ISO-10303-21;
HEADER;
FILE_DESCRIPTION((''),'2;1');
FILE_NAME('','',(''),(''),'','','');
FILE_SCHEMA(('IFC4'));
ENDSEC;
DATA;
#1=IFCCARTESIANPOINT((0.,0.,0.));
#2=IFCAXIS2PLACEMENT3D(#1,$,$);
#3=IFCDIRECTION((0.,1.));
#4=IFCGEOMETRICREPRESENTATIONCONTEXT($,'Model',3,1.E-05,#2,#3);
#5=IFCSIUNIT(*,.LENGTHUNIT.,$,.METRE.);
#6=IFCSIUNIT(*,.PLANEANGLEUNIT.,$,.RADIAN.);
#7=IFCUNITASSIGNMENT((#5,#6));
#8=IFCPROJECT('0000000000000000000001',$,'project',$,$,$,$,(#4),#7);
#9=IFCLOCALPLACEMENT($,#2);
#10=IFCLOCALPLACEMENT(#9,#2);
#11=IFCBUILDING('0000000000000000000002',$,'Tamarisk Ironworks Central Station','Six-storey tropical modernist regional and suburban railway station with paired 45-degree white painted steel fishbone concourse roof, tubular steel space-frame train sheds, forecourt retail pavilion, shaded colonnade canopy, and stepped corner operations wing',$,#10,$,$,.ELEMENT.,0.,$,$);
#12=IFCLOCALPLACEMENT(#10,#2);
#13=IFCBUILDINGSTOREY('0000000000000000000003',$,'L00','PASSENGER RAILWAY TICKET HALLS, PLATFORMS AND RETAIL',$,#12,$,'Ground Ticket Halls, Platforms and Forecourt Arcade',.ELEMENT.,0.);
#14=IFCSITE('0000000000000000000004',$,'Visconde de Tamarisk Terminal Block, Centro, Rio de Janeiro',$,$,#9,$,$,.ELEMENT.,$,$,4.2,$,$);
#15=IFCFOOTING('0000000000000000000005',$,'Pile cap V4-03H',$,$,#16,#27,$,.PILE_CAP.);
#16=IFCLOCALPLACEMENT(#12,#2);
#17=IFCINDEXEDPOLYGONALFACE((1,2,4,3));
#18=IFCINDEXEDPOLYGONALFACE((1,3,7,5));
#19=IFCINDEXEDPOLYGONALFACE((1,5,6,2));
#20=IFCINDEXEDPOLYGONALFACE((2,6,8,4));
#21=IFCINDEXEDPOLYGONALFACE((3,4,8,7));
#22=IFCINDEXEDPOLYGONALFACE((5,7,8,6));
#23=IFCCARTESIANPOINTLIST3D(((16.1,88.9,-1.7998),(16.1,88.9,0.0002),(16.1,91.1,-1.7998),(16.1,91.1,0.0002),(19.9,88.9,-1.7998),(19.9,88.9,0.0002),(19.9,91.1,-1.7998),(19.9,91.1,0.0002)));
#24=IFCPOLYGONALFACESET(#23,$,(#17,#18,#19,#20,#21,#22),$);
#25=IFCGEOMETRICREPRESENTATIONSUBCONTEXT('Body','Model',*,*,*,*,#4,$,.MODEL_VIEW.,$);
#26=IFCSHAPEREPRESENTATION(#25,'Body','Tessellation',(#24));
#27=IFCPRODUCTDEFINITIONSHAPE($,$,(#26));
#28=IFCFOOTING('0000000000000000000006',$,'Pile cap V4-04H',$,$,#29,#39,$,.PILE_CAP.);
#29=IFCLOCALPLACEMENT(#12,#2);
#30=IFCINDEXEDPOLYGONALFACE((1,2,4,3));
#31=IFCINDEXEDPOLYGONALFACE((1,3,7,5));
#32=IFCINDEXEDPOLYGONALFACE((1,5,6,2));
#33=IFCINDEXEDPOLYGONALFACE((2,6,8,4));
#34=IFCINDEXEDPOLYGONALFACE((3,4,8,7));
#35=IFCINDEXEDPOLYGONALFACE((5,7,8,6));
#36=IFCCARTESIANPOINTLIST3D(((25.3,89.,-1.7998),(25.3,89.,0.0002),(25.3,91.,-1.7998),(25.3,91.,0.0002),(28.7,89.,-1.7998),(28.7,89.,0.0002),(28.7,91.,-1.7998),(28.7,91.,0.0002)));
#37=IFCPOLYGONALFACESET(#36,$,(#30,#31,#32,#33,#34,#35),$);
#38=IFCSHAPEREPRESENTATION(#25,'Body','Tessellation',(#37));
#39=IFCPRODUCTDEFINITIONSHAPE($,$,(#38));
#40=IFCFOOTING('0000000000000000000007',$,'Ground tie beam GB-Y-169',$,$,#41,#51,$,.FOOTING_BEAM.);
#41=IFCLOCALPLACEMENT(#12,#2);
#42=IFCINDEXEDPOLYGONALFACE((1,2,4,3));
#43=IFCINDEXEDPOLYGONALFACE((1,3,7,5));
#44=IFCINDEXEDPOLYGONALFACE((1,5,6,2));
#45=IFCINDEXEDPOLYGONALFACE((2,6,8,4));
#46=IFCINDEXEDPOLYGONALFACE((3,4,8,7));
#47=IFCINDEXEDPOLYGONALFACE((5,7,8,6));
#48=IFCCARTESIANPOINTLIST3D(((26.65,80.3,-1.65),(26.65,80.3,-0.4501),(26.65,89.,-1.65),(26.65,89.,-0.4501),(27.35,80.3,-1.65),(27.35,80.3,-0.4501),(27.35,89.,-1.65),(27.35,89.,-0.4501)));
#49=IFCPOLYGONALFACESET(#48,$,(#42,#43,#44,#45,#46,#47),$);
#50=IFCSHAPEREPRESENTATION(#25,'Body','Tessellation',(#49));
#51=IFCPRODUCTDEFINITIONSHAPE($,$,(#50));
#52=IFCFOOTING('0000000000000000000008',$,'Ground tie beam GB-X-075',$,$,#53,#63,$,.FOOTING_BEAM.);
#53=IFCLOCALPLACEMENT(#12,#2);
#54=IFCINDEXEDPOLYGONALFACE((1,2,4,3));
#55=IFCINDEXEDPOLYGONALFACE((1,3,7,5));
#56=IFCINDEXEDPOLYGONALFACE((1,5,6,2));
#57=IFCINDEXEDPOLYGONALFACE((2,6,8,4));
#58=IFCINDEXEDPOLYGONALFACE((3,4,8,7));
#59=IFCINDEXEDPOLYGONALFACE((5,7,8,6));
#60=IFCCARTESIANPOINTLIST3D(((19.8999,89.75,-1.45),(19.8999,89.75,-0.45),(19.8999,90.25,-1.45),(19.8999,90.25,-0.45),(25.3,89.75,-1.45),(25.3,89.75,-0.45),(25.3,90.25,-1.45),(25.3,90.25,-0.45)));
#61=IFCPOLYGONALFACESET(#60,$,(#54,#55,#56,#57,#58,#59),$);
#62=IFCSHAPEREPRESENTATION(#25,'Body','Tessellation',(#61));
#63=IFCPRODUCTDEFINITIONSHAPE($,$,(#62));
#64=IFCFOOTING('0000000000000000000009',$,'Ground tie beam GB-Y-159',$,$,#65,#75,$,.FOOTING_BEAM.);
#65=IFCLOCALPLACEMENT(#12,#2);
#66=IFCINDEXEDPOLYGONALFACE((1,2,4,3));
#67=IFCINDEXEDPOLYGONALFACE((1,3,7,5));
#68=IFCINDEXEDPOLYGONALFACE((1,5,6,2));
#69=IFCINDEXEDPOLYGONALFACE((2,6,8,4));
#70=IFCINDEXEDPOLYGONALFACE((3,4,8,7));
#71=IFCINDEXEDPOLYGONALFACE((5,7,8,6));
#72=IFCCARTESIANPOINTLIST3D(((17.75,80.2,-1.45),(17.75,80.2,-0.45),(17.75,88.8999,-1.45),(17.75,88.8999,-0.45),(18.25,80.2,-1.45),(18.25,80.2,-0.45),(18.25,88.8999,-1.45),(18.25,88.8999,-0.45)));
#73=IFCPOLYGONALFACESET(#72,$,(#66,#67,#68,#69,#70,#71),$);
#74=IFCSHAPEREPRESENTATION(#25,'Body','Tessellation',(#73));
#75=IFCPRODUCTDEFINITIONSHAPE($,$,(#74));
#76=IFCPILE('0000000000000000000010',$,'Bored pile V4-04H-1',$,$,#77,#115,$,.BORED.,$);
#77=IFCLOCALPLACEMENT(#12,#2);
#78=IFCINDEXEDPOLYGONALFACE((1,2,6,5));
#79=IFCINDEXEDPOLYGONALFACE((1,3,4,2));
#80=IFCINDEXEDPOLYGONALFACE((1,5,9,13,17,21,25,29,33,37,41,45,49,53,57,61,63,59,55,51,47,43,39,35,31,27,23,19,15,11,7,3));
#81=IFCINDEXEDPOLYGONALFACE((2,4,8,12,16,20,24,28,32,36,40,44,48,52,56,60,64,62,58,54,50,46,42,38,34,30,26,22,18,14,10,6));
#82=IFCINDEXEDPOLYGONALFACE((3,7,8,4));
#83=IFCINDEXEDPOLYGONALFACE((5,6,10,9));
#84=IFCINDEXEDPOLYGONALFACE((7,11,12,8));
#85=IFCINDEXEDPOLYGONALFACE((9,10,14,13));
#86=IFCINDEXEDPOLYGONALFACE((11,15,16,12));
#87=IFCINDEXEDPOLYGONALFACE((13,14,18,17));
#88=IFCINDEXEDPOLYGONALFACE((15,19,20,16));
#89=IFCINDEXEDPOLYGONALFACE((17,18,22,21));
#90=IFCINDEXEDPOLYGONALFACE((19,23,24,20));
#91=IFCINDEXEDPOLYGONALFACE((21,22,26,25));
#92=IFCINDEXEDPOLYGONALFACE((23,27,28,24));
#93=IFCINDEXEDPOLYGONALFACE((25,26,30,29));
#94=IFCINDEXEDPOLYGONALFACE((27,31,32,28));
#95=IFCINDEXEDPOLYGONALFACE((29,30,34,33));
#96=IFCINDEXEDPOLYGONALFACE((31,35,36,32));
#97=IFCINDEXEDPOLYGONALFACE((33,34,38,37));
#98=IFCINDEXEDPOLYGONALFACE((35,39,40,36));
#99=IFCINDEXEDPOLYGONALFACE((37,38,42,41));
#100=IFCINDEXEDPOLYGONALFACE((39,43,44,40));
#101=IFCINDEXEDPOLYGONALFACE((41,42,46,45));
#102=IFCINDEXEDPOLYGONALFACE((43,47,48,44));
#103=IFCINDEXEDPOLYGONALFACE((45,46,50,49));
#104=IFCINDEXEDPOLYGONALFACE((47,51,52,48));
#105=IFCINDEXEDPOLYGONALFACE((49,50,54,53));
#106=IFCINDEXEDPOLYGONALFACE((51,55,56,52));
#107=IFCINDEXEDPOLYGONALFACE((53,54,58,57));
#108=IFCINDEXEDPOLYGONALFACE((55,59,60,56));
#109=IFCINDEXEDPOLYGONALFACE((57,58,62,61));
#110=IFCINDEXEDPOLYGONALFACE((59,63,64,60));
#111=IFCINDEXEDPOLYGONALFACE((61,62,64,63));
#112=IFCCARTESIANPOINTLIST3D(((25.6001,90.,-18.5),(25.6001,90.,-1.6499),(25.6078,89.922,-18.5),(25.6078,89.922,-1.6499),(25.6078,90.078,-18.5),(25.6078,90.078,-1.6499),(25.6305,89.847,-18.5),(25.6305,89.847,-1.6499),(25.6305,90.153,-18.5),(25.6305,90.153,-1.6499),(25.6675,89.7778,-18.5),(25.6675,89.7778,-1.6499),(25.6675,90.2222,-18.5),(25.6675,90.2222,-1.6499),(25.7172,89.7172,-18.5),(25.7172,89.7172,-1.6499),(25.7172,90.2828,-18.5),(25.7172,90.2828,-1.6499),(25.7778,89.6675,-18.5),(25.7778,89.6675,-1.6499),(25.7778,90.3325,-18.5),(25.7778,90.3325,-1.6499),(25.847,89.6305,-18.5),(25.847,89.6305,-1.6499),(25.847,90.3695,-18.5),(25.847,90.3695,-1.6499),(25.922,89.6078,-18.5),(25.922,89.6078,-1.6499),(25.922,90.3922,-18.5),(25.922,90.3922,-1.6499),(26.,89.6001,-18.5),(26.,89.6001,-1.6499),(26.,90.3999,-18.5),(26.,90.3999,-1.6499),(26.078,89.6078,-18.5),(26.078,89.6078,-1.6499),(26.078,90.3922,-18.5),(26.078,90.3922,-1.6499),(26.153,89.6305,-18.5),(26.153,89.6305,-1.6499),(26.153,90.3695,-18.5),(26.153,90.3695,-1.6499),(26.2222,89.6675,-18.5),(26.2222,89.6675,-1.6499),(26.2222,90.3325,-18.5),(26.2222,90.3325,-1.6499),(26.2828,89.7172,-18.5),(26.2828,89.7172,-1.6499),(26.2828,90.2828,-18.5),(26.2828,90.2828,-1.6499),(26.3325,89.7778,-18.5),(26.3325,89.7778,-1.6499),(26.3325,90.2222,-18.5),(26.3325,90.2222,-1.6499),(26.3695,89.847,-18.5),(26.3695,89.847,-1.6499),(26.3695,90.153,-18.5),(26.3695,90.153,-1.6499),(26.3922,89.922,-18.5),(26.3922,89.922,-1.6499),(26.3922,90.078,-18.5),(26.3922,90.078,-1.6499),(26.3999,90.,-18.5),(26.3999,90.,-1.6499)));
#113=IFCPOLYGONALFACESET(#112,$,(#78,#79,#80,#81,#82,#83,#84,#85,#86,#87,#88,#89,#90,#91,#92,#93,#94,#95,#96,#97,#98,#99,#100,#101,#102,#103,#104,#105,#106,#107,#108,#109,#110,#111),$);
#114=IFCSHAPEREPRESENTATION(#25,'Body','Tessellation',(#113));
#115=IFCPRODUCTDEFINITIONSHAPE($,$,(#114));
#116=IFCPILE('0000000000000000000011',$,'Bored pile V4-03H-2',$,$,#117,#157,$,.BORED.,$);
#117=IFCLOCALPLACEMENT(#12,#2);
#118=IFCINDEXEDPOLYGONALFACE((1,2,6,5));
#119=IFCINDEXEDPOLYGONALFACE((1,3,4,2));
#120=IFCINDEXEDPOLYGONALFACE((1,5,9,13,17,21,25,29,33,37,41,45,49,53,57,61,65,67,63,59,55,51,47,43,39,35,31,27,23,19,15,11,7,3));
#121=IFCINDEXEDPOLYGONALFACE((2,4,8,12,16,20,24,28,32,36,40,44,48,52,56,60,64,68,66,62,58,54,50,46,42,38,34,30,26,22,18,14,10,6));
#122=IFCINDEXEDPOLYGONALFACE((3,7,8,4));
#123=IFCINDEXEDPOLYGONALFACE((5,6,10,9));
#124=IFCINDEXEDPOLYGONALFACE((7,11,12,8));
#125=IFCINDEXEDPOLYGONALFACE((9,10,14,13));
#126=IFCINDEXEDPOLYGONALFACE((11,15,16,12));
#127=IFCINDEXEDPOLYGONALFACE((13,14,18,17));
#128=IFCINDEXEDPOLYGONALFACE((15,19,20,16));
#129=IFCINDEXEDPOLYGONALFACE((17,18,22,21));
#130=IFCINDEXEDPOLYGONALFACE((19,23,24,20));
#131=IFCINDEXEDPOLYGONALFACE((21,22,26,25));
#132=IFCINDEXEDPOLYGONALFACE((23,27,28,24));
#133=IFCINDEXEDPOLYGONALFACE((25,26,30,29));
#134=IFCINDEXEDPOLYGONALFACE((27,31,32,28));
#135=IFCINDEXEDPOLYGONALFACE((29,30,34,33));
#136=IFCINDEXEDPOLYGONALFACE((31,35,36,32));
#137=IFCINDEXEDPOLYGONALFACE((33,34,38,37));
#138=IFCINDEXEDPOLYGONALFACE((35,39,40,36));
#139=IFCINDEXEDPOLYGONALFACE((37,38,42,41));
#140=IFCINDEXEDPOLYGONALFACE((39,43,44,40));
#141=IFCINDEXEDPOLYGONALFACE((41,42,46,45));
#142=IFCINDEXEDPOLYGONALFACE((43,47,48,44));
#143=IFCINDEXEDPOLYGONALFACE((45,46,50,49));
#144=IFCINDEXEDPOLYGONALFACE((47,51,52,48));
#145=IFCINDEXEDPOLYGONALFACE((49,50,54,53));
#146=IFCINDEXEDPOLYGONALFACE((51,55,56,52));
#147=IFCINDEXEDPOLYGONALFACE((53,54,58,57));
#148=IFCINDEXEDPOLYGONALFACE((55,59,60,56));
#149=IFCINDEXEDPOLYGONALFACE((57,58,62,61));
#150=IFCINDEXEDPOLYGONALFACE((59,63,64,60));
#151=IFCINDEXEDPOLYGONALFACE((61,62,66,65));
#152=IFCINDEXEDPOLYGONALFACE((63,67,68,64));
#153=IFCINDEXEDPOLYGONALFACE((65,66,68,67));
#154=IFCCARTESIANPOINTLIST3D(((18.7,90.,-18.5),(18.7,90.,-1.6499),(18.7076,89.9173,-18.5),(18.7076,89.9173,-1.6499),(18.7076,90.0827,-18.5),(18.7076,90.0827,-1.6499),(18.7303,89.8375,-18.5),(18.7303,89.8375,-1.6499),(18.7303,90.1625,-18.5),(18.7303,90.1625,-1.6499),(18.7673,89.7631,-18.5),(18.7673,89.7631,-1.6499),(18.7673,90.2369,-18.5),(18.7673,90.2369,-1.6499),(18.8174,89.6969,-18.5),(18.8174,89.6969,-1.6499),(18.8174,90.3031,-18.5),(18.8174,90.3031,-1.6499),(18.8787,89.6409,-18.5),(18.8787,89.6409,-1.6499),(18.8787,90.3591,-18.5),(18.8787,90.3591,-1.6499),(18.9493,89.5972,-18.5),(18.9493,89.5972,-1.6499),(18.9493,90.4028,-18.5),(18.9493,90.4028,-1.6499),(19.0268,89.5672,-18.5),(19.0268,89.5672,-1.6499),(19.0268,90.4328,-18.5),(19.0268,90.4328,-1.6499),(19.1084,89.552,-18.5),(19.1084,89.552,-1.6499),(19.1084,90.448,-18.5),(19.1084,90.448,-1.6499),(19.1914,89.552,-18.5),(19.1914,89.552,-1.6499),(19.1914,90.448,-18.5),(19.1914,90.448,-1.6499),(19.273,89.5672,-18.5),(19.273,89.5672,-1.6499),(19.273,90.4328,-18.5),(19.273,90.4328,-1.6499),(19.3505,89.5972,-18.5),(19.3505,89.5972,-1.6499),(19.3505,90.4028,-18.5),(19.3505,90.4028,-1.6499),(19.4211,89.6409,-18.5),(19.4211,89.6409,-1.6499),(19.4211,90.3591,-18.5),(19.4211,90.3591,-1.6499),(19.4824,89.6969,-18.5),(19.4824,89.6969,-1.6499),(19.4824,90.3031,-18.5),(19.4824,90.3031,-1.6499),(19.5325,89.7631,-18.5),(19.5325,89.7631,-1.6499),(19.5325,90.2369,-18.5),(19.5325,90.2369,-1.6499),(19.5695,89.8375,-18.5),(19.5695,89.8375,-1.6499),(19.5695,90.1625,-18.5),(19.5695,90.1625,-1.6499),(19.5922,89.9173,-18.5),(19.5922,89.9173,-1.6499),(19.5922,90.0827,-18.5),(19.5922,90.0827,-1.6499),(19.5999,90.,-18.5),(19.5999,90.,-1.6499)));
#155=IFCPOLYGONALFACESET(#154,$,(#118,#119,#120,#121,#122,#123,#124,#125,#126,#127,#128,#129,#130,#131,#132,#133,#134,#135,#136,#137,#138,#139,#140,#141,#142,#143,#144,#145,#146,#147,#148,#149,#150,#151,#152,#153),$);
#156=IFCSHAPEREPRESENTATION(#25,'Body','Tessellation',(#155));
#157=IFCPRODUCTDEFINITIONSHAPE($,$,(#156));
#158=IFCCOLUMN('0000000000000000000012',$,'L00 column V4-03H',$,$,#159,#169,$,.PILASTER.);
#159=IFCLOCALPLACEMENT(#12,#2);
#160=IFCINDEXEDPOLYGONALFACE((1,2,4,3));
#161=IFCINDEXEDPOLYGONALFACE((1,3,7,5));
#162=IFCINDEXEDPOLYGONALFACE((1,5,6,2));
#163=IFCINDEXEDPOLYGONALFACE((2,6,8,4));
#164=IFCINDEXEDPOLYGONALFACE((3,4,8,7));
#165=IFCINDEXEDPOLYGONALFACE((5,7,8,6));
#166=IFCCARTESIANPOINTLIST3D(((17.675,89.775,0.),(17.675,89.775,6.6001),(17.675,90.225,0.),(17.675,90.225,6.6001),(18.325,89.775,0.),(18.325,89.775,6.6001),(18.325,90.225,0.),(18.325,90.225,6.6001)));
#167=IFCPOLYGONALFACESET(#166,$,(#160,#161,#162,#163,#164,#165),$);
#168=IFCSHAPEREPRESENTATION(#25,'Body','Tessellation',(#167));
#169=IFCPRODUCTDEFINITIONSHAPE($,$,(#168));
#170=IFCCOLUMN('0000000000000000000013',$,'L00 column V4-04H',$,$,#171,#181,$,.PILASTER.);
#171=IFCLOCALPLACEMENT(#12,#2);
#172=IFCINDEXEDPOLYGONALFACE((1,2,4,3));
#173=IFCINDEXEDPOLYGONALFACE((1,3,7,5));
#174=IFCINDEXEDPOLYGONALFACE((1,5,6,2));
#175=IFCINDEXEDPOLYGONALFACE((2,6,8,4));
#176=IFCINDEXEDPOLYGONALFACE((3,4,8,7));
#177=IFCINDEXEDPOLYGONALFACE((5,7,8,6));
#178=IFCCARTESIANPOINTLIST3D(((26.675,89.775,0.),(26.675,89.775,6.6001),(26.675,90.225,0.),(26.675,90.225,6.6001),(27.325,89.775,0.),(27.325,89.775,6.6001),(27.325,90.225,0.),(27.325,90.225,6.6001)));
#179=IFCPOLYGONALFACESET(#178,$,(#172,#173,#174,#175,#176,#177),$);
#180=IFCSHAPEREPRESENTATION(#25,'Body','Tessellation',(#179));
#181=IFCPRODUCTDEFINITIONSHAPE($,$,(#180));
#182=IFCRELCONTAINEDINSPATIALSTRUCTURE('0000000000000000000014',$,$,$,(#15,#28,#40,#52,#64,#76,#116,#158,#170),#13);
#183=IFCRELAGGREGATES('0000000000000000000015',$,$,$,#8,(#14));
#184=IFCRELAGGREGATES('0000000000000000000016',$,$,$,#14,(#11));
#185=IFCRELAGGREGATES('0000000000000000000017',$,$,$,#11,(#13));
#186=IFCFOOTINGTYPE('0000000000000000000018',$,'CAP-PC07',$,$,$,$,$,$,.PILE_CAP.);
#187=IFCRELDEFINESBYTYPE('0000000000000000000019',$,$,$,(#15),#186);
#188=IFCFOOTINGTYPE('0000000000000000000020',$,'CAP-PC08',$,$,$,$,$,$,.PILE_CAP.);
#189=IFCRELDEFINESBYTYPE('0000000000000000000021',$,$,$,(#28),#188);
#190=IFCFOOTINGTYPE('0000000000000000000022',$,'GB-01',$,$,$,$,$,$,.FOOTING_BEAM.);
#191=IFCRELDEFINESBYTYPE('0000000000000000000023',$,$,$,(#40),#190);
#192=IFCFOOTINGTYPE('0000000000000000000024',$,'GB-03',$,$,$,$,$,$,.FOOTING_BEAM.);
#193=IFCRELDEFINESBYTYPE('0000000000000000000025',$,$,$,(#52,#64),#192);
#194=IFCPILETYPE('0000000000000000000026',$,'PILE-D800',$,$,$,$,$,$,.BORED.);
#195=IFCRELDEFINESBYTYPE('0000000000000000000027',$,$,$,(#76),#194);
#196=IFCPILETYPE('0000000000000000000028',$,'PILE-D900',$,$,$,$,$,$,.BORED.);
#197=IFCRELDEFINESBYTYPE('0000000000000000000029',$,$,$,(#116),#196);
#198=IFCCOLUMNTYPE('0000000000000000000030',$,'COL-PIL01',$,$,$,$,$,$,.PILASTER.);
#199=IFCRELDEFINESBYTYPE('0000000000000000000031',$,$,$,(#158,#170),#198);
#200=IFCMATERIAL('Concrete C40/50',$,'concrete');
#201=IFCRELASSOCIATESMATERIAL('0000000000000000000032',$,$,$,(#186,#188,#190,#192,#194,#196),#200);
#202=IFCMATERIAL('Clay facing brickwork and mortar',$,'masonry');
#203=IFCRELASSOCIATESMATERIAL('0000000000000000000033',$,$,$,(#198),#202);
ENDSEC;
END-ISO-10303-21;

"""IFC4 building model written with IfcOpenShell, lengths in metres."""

from ifc_helpers import new_model, si_unit, direction, frame, origin, origin_2d, place, context, subcontext, project, spatial, rectangle, circle, extrude, material, material_profile, profile_set, type_object, element, save


model = new_model("IFC4")

# Units and contexts
model_context = context("Model", 3, precision=1e-05, world=origin(), true_north=direction((0.0, 1.0)))
body_context = subcontext(model_context, "Body", "Model", "MODEL_VIEW")
ifc_project = project(units=[si_unit("LENGTHUNIT", "METRE"), si_unit("PLANEANGLEUNIT", "RADIAN")], contexts=[model_context])

# Site, building, storey
site_placement = place(None, origin())
site = spatial("IfcSite", under=ifc_project, at=site_placement, Name="Visconde de Tamarisk Terminal Block, Centro, Rio de Janeiro", CompositionType="ELEMENT", RefElevation=4.2)
building_placement = place(site_placement, origin())
building = spatial("IfcBuilding", under=site, at=building_placement, Name="Tamarisk Ironworks Central Station", Description="Six-storey tropical modernist regional and suburban railway station with paired 45-degree white painted steel fishbone concourse roof, tubular steel space-frame train sheds, forecourt retail pavilion, shaded colonnade canopy, and stepped corner operations wing", CompositionType="ELEMENT", ElevationOfRefHeight=0.0)
storey_placement = place(building_placement, origin())
storey = spatial("IfcBuildingStorey", under=building, at=storey_placement, Name="L00", Description="PASSENGER RAILWAY TICKET HALLS, PLATFORMS AND RETAIL", LongName="Ground Ticket Halls, Platforms and Forecourt Arcade", CompositionType="ELEMENT", Elevation=0.0)

# Footings
ifc_material_1 = material(Name="Concrete C40/50", Category="concrete")
footing_type_1 = type_object("IfcFootingType", Name="CAP-PC07", PredefinedType="PILE_CAP", material=ifc_material_1)
footing_1_placement = place(storey_placement, frame((18.0, 90.0, -1.7998), z_axis=(0.0, 0.0, 1.0), x_axis=(1.0, 0.0, 0.0)))
element("IfcFooting", 1, at=footing_1_placement, inside=storey, type_object=footing_type_1, Name="Pile cap V4-03H", PredefinedType="PILE_CAP", context=body_context, shape_type="SweptSolid", body=[
    extrude(rectangle(XDim=3.8, YDim=2.2, at=origin_2d()), origin(), (0.0, 0.0, 1.0), 1.8),
])
footing_type_2 = type_object("IfcFootingType", Name="CAP-PC08", PredefinedType="PILE_CAP", material=ifc_material_1)
footing_2_placement = place(storey_placement, frame((27.0, 90.0, -1.7998), z_axis=(0.0, 0.0, 1.0), x_axis=(1.0, 0.0, 0.0)))
element("IfcFooting", 2, at=footing_2_placement, inside=storey, type_object=footing_type_2, Name="Pile cap V4-04H", PredefinedType="PILE_CAP", context=body_context, shape_type="SweptSolid", body=[
    extrude(rectangle(XDim=3.3999, YDim=2.0, at=origin_2d()), origin(), (0.0, 0.0, 1.0), 1.8),
])
ifc_material_profile_1 = material_profile(ifc_material_1, rectangle(XDim=0.7, YDim=1.2, at=origin_2d()), Name="GB01 700x1200")
ifc_profile_set_1 = profile_set([ifc_material_profile_1], Name="Concrete C40/50")
footing_type_3 = type_object("IfcFootingType", Name="GB-01", PredefinedType="FOOTING_BEAM", material=ifc_profile_set_1)
footing_3_placement = place(storey_placement, frame((27.0, 80.3, -1.05), z_axis=(0.0, 1.0, 0.0), x_axis=(-1.0, 0.0, 0.0)))
element("IfcFooting", 3, at=footing_3_placement, inside=storey, type_object=footing_type_3, Name="Ground tie beam GB-Y-169", PredefinedType="FOOTING_BEAM", context=body_context, shape_type="SweptSolid", body=[
    extrude(rectangle(XDim=0.7, YDim=1.2, at=origin_2d()), origin(), (0.0, 0.0, 1.0), 8.7),
])
ifc_material_profile_2 = material_profile(ifc_material_1, rectangle(XDim=0.5, YDim=1.0, at=origin_2d()), Name="GB03 500x1000")
ifc_profile_set_2 = profile_set([ifc_material_profile_2], Name="Concrete C40/50")
footing_type_4 = type_object("IfcFootingType", Name="GB-03", PredefinedType="FOOTING_BEAM", material=ifc_profile_set_2)
footing_4_placement = place(storey_placement, frame((19.8999, 90.0, -0.95), z_axis=(1.0, 0.0, 0.0), x_axis=(0.0, 1.0, 0.0)))
element("IfcFooting", 4, at=footing_4_placement, inside=storey, type_object=footing_type_4, Name="Ground tie beam GB-X-075", PredefinedType="FOOTING_BEAM", context=body_context, shape_type="SweptSolid", body=[
    extrude(rectangle(XDim=0.5, YDim=1.0, at=origin_2d()), origin(), (0.0, 0.0, 1.0), 5.4001),
])
footing_5_placement = place(storey_placement, frame((18.0, 80.2, -0.95), z_axis=(0.0, 1.0, 0.0), x_axis=(-1.0, 0.0, 0.0)))
element("IfcFooting", 5, at=footing_5_placement, inside=storey, type_object=footing_type_4, Name="Ground tie beam GB-Y-159", PredefinedType="FOOTING_BEAM", context=body_context, shape_type="SweptSolid", body=[
    extrude(rectangle(XDim=0.5, YDim=1.0, at=origin_2d()), origin(), (0.0, 0.0, 1.0), 8.7),
])

# Piles
ifc_material_profile_3 = material_profile(ifc_material_1, circle(Radius=0.3999, at=origin_2d()), Name="BORED PILE D800")
ifc_profile_set_3 = profile_set([ifc_material_profile_3], Name="Concrete C40/50")
pile_type_1 = type_object("IfcPileType", Name="PILE-D800", PredefinedType="BORED", material=ifc_profile_set_3)
pile_1_placement = place(storey_placement, frame((26.0, 90.0, -1.6499), z_axis=(0.0, 0.0, -1.0), x_axis=(1.0, 0.0, 0.0)))
element("IfcPile", 6, at=pile_1_placement, inside=storey, type_object=pile_type_1, Name="Bored pile V4-04H-1", PredefinedType="BORED", context=body_context, shape_type="SweptSolid", body=[
    extrude(circle(Radius=0.3999, at=origin_2d()), origin(), (0.0, 0.0, 1.0), 16.8501),
])
ifc_material_profile_4 = material_profile(ifc_material_1, circle(Radius=0.45, at=origin_2d()), Name="BORED PILE D900")
ifc_profile_set_4 = profile_set([ifc_material_profile_4], Name="Concrete C40/50")
pile_type_2 = type_object("IfcPileType", Name="PILE-D900", PredefinedType="BORED", material=ifc_profile_set_4)
pile_2_placement = place(storey_placement, frame((19.1499, 90.0, -1.6499), z_axis=(0.0, 0.0, -1.0), x_axis=(1.0, 0.0, 0.0)))
element("IfcPile", 7, at=pile_2_placement, inside=storey, type_object=pile_type_2, Name="Bored pile V4-03H-2", PredefinedType="BORED", context=body_context, shape_type="SweptSolid", body=[
    extrude(circle(Radius=0.45, at=origin_2d()), origin(), (0.0, 0.0, 1.0), 16.8501),
])

# Columns
ifc_material_2 = material(Name="Clay facing brickwork and mortar", Category="masonry")
ifc_material_profile_5 = material_profile(ifc_material_2, rectangle(XDim=0.6499, YDim=0.45, at=origin_2d()), Name="PIL 650x450")
ifc_profile_set_5 = profile_set([ifc_material_profile_5], Name="Clay facing brickwork and mortar")
column_type = type_object("IfcColumnType", Name="COL-PIL01", PredefinedType="PILASTER", material=ifc_profile_set_5)
for number, where, z_axis, x_axis, name in (
    (8, (18.0, 90.0, 0.0), (0.0, 0.0, 1.0), (1.0, 0.0, 0.0), "L00 column V4-03H"),
    (9, (27.0, 90.0, 0.0), (0.0, 0.0, 1.0), (1.0, 0.0, 0.0), "L00 column V4-04H"),
):
    element("IfcColumn", number, at=place(storey_placement, frame(where, z_axis=z_axis, x_axis=x_axis)), inside=storey, type_object=column_type, Name=name, PredefinedType="PILASTER", context=body_context, shape_type="SweptSolid", body=[
        extrude(rectangle(XDim=0.6499, YDim=0.45, at=origin_2d()), origin(), (0.0, 0.0, 1.0), 6.6001),
    ])

save(model, "model.ifc")
